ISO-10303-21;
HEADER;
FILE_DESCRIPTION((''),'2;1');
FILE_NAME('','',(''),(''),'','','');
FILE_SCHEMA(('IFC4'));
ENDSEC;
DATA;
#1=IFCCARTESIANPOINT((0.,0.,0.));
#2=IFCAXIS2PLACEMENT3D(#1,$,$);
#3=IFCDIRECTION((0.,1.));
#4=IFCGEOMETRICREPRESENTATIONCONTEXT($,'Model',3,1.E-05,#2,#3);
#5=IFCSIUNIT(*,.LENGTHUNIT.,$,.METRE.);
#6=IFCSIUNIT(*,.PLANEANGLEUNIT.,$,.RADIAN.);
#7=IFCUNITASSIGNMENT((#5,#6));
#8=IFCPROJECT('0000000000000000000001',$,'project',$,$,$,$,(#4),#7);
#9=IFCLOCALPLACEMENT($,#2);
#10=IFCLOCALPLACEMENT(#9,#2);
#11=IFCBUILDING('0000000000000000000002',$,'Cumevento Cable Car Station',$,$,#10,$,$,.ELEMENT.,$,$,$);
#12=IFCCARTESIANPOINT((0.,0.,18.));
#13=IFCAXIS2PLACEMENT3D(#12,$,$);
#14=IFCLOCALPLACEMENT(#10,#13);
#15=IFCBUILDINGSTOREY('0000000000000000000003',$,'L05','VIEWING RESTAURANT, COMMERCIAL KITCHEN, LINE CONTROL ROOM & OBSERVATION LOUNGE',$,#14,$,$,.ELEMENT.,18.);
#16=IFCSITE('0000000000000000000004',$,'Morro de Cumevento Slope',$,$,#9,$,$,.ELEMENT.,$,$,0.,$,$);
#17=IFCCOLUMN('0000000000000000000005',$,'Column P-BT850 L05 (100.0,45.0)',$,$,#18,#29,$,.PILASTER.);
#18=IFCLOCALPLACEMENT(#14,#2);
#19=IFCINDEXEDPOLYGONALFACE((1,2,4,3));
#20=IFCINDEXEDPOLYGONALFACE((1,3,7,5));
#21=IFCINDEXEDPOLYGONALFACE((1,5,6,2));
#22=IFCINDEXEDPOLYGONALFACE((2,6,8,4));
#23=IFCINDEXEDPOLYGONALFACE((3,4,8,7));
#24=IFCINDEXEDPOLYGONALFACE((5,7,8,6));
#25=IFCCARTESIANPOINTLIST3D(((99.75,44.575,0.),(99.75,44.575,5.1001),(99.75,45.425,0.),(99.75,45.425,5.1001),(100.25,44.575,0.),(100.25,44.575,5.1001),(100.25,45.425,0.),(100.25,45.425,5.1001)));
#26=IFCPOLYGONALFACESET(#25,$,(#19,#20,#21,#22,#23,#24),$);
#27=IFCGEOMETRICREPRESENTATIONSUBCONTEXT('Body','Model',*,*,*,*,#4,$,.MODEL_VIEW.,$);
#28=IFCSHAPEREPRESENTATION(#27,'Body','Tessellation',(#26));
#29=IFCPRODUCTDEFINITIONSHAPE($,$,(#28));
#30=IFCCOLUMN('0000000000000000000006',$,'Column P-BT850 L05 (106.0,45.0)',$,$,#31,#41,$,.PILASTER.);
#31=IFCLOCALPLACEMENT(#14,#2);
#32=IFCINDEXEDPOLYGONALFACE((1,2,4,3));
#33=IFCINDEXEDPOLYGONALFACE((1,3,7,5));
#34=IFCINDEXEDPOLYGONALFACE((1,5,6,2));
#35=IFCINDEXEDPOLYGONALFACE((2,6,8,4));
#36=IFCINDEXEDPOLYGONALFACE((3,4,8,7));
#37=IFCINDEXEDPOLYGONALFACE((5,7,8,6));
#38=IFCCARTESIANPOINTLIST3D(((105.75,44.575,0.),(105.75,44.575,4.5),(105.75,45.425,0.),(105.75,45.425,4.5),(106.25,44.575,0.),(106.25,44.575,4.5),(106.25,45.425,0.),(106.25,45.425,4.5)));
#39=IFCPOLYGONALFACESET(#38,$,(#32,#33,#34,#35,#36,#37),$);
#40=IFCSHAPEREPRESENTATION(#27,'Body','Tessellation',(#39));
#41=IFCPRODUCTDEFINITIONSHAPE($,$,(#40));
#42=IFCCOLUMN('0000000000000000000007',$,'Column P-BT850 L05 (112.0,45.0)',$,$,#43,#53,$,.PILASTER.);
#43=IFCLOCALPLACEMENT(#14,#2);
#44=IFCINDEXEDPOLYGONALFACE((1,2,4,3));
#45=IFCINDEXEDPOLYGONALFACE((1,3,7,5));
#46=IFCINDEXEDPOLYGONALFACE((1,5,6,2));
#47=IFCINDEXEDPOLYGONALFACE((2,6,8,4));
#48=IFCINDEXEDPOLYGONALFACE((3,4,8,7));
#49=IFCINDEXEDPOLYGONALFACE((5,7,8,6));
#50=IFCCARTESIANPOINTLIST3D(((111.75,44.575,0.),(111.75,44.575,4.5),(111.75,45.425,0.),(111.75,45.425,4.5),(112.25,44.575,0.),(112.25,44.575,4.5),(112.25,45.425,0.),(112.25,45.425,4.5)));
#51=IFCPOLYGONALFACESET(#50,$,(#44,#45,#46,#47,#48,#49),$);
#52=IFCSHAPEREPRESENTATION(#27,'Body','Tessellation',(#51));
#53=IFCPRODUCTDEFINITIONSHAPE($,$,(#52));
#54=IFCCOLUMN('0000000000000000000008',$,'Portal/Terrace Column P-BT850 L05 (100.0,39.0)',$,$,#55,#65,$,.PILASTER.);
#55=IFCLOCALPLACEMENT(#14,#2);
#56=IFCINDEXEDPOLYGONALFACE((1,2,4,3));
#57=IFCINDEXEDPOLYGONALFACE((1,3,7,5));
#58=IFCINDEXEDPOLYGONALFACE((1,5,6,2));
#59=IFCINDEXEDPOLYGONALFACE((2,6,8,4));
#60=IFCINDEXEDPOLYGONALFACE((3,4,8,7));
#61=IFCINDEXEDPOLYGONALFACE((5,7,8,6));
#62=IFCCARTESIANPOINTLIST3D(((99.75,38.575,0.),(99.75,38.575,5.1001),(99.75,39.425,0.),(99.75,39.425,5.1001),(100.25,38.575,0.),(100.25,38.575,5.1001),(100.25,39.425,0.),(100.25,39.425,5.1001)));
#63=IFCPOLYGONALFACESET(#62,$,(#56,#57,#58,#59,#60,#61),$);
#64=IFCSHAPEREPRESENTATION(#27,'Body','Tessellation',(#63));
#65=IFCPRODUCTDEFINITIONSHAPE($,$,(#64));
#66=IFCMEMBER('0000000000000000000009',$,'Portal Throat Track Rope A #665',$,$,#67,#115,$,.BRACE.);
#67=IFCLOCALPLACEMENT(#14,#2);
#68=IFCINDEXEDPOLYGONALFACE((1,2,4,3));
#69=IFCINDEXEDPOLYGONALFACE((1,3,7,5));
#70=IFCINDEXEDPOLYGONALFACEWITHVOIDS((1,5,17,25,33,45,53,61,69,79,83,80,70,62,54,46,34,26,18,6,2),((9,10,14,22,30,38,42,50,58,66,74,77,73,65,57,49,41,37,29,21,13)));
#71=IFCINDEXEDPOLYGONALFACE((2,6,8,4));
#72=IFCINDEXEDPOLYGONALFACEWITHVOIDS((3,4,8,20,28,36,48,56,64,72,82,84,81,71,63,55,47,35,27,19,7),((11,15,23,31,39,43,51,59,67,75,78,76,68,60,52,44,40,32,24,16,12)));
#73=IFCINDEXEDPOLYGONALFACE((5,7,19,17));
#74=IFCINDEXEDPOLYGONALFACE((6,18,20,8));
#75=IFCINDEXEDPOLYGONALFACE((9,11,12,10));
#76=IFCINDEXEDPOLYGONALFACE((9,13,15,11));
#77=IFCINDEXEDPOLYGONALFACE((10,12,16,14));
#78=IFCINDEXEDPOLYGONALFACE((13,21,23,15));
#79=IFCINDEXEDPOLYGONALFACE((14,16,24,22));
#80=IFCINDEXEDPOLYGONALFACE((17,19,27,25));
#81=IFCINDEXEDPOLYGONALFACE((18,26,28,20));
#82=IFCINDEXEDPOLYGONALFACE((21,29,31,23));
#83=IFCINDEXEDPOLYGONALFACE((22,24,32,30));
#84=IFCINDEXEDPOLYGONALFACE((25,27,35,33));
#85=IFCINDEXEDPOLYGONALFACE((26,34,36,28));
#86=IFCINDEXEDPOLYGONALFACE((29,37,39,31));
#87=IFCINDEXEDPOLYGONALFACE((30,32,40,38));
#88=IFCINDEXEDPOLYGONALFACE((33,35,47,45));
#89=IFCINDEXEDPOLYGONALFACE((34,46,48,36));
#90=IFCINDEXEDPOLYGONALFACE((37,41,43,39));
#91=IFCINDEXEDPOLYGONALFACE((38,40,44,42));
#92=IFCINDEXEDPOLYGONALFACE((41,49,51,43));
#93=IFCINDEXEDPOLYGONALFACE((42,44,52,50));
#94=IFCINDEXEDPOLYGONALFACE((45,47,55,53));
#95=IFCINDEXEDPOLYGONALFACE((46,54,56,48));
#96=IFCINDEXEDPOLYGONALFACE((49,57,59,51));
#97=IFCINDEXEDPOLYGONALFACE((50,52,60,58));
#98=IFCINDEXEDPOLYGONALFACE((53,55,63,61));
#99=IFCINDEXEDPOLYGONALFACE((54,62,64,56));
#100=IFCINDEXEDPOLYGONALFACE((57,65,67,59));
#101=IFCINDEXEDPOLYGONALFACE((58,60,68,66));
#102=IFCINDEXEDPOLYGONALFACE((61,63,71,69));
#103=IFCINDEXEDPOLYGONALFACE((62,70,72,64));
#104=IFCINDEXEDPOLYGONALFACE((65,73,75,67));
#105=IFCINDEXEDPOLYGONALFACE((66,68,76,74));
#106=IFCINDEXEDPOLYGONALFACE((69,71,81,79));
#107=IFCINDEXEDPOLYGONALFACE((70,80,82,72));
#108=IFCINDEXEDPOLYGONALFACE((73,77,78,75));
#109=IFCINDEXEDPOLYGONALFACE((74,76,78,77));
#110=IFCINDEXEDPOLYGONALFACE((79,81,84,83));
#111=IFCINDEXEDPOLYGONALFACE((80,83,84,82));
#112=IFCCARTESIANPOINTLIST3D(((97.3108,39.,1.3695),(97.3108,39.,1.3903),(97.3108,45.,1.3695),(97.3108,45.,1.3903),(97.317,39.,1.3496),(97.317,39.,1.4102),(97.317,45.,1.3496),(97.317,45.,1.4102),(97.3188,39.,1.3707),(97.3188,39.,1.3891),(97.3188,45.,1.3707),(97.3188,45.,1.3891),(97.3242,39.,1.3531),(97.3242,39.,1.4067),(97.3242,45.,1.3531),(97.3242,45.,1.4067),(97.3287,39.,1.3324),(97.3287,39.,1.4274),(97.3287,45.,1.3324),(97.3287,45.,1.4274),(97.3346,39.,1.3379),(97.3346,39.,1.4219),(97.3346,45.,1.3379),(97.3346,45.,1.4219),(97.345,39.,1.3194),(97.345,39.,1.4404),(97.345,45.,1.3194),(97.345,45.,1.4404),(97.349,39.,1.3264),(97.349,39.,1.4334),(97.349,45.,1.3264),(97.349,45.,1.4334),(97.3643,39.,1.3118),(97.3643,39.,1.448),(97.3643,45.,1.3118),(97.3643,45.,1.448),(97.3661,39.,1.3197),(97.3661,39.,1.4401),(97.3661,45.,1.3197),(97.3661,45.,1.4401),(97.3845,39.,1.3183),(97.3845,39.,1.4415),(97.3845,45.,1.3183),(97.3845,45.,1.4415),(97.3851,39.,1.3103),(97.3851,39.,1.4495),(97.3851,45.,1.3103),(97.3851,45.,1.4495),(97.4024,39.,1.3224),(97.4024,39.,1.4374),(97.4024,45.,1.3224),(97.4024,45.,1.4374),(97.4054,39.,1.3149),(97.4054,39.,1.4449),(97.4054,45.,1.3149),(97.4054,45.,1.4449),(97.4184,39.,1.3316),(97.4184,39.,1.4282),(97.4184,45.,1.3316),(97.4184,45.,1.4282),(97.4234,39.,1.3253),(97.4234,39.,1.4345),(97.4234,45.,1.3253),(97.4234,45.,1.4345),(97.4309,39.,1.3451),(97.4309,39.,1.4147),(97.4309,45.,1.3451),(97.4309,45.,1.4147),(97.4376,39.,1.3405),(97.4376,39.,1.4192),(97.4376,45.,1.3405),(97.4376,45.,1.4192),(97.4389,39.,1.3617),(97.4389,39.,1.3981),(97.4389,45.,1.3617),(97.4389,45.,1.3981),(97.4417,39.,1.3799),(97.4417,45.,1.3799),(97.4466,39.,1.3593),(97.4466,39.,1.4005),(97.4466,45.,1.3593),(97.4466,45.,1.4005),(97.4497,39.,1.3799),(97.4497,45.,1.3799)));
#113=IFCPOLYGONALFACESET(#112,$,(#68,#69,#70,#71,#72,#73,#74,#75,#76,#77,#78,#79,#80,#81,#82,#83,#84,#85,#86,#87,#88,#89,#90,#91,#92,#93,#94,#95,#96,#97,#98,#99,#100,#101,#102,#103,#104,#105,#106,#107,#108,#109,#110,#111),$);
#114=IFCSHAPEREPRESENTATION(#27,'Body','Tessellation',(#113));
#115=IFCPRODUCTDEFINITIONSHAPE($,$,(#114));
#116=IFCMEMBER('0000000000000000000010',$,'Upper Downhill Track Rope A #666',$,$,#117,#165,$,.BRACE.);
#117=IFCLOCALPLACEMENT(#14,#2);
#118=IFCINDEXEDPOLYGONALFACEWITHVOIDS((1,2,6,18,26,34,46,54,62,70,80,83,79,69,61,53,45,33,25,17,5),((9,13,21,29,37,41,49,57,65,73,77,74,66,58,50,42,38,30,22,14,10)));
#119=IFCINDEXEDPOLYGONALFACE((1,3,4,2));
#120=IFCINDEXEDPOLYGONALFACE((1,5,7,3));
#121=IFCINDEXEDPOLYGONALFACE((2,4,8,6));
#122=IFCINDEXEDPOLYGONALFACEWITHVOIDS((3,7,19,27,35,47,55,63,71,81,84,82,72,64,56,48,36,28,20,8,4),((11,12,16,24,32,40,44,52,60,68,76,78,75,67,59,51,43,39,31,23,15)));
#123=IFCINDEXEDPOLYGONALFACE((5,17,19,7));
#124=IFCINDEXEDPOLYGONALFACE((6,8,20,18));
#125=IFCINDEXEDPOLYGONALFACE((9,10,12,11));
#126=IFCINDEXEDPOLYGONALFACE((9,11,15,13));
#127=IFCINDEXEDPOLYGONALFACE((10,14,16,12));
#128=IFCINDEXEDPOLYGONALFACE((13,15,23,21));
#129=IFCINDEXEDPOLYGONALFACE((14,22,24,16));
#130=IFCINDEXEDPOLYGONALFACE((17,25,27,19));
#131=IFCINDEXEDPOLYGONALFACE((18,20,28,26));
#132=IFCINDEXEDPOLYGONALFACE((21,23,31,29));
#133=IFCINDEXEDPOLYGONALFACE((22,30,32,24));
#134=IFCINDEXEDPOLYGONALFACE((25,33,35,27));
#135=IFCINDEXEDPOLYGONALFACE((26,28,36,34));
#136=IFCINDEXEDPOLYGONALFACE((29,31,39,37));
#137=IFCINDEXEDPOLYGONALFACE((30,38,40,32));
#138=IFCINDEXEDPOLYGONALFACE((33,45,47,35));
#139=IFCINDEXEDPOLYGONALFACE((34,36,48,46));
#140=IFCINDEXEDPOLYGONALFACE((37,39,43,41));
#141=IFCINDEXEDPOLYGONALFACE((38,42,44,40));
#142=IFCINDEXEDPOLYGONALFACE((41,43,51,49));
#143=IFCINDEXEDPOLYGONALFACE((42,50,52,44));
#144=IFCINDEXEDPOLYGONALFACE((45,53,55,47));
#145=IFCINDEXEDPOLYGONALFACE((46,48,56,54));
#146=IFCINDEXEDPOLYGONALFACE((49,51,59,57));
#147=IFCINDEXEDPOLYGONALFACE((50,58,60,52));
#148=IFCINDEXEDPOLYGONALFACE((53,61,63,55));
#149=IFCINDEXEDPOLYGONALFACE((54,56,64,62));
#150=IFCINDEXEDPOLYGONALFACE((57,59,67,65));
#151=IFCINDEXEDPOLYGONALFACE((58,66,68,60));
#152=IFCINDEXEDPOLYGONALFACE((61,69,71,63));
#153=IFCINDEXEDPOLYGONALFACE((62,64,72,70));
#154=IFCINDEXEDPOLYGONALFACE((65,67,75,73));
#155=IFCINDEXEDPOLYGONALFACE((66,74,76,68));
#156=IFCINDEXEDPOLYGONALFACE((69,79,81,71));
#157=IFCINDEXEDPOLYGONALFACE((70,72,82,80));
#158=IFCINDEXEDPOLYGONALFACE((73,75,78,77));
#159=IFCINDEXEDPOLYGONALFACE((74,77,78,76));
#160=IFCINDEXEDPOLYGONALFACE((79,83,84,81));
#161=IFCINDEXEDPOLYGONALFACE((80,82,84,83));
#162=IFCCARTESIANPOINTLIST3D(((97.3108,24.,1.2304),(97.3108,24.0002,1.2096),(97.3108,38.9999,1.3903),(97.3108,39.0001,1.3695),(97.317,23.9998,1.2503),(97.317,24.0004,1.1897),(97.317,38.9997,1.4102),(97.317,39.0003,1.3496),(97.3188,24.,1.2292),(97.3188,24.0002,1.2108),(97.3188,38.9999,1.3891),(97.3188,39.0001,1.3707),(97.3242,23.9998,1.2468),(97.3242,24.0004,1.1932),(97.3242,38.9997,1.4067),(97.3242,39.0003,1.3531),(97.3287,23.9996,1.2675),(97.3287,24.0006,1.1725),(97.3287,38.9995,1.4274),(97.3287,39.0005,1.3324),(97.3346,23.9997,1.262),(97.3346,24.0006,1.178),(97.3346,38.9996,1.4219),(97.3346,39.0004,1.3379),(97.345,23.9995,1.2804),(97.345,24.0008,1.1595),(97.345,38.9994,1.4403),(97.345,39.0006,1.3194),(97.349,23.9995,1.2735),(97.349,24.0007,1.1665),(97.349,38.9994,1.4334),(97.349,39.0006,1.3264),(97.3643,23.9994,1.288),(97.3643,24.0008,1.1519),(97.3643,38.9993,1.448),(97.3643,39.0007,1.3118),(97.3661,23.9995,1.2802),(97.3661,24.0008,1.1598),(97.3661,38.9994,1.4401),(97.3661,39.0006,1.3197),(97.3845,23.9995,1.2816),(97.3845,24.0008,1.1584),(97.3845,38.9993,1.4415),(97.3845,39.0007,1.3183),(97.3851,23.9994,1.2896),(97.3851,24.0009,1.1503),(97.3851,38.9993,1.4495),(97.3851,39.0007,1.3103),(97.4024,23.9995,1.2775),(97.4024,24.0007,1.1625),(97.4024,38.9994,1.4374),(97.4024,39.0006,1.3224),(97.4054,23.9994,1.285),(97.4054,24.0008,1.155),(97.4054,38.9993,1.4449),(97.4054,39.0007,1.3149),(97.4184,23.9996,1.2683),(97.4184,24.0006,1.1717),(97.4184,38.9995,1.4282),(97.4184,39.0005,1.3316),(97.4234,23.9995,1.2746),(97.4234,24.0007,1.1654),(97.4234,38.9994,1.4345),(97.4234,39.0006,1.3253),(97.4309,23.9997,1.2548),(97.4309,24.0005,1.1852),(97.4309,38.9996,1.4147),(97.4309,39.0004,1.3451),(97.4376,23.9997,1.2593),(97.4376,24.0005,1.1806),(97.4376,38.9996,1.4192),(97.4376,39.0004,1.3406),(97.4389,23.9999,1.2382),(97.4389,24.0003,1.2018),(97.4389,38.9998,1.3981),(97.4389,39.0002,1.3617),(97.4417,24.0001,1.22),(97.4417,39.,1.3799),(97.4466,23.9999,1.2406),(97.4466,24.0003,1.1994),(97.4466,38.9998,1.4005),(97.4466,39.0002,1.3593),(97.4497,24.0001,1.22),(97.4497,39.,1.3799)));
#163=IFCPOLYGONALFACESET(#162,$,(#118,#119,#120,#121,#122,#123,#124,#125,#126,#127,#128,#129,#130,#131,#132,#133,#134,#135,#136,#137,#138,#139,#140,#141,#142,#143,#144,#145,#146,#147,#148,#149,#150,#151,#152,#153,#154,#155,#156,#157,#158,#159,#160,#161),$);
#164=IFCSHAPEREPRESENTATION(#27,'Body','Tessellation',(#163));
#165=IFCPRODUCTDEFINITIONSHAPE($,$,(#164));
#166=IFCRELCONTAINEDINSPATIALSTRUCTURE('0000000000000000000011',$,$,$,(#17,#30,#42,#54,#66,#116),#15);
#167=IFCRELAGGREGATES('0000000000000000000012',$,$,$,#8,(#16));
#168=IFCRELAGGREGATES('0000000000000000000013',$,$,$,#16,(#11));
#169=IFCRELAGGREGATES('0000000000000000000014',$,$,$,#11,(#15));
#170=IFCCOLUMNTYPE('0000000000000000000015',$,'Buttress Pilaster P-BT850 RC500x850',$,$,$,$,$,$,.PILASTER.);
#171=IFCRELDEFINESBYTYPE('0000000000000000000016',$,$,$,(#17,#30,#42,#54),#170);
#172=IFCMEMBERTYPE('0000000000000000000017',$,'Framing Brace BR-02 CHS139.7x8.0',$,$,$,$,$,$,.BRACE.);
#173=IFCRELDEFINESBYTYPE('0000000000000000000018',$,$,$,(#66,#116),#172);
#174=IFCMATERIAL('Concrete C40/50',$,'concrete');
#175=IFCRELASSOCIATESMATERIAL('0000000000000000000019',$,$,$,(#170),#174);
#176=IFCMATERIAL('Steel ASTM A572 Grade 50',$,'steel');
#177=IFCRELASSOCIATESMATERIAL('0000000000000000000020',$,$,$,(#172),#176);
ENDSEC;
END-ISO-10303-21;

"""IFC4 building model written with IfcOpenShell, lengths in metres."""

from ifc_helpers import new_model, si_unit, direction, frame, origin, origin_2d, place, context, subcontext, project, spatial, rectangle, hollow_circle, extrude, material, material_profile, profile_set, type_object, element, save


model = new_model("IFC4")

# Units and contexts
model_context = context("Model", 3, precision=1e-05, world=origin(), true_north=direction((0.0, 1.0)))
body_context = subcontext(model_context, "Body", "Model", "MODEL_VIEW")
ifc_project = project(units=[si_unit("LENGTHUNIT", "METRE"), si_unit("PLANEANGLEUNIT", "RADIAN")], contexts=[model_context])

# Site, building, storey
site_placement = place(None, origin())
site = spatial("IfcSite", under=ifc_project, at=site_placement, Name="Morro de Cumevento Slope", CompositionType="ELEMENT", RefElevation=0.0)
building_placement = place(site_placement, origin())
building = spatial("IfcBuilding", under=site, at=building_placement, Name="Cumevento Cable Car Station", CompositionType="ELEMENT")
storey_placement = place(building_placement, frame((0.0, 0.0, 18.0)))
storey = spatial("IfcBuildingStorey", under=building, at=storey_placement, Name="L05", Description="VIEWING RESTAURANT, COMMERCIAL KITCHEN, LINE CONTROL ROOM & OBSERVATION LOUNGE", CompositionType="ELEMENT", Elevation=18.0)

# Columns
ifc_material_1 = material(Name="Concrete C40/50", Category="concrete")
ifc_material_profile_1 = material_profile(ifc_material_1, rectangle(XDim=0.5, YDim=0.8501, at=origin_2d()), Name="RC500x850")
ifc_profile_set_1 = profile_set([ifc_material_profile_1], Name="Concrete C40/50")
column_type = type_object("IfcColumnType", Name="Buttress Pilaster P-BT850 RC500x850", PredefinedType="PILASTER", material=ifc_profile_set_1)
column_1_placement = place(storey_placement, frame((100.0, 45.0, 0.0), z_axis=(0.0, 0.0, 1.0), x_axis=(1.0, 0.0, 0.0)))
element("IfcColumn", 1, at=column_1_placement, inside=storey, type_object=column_type, Name="Column P-BT850 L05 (100.0,45.0)", PredefinedType="PILASTER", context=body_context, shape_type="SweptSolid", body=[
    extrude(rectangle(XDim=0.5, YDim=0.8501, at=origin_2d()), origin(), (0.0, 0.0, 1.0), 5.1001),
])
for number, where, z_axis, x_axis, name in (
    (2, (106.0, 45.0, 0.0), (0.0, 0.0, 1.0), (1.0, 0.0, 0.0), "Column P-BT850 L05 (106.0,45.0)"),
    (3, (112.0, 45.0, 0.0), (0.0, 0.0, 1.0), (1.0, 0.0, 0.0), "Column P-BT850 L05 (112.0,45.0)"),
):
    element("IfcColumn", number, at=place(storey_placement, frame(where, z_axis=z_axis, x_axis=x_axis)), inside=storey, type_object=column_type, Name=name, PredefinedType="PILASTER", context=body_context, shape_type="SweptSolid", body=[
        extrude(rectangle(XDim=0.5, YDim=0.8501, at=origin_2d()), origin(), (0.0, 0.0, 1.0), 4.5),
    ])
column_2_placement = place(storey_placement, frame((100.0, 39.0, 0.0), z_axis=(0.0, 0.0, 1.0), x_axis=(1.0, 0.0, 0.0)))
element("IfcColumn", 4, at=column_2_placement, inside=storey, type_object=column_type, Name="Portal/Terrace Column P-BT850 L05 (100.0,39.0)", PredefinedType="PILASTER", context=body_context, shape_type="SweptSolid", body=[
    extrude(rectangle(XDim=0.5, YDim=0.8501, at=origin_2d()), origin(), (0.0, 0.0, 1.0), 5.1001),
])

# Members
ifc_material_2 = material(Name="Steel ASTM A572 Grade 50", Category="steel")
ifc_material_profile_2 = material_profile(ifc_material_2, hollow_circle(Radius=0.0698, WallThickness=0.0081, at=origin_2d()), Name="CHS139.7x8.0")
ifc_profile_set_2 = profile_set([ifc_material_profile_2], Name="Steel ASTM A572 Grade 50")
member_type_1 = type_object("IfcMemberType", Name="Framing Brace BR-02 CHS139.7x8.0", PredefinedType="BRACE", material=ifc_profile_set_2)
member_1_placement = place(storey_placement, frame((97.3799, 45.0, 1.3799), z_axis=(0.0, -1.0, 0.0), x_axis=(1.0, 0.0, 0.0)))
element("IfcMember", 5, at=member_1_placement, inside=storey, type_object=member_type_1, Name="Portal Throat Track Rope A #665", PredefinedType="BRACE", context=body_context, shape_type="SweptSolid", body=[
    extrude(hollow_circle(Radius=0.0698, WallThickness=0.0081, at=origin_2d()), origin(), (0.0, 0.0, 1.0), 6.0),
])
member_2_placement = place(storey_placement, frame((97.3799, 39.0, 1.3799), z_axis=(0.0, -0.999943, -0.01066), x_axis=(1.0, 0.0, 0.0)))
element("IfcMember", 6, at=member_2_placement, inside=storey, type_object=member_type_1, Name="Upper Downhill Track Rope A #666", PredefinedType="BRACE", context=body_context, shape_type="SweptSolid", body=[
    extrude(hollow_circle(Radius=0.0698, WallThickness=0.0081, at=origin_2d()), origin(), (0.0, 0.0, 1.0), 15.0007),
])

save(model, "model.ifc")
